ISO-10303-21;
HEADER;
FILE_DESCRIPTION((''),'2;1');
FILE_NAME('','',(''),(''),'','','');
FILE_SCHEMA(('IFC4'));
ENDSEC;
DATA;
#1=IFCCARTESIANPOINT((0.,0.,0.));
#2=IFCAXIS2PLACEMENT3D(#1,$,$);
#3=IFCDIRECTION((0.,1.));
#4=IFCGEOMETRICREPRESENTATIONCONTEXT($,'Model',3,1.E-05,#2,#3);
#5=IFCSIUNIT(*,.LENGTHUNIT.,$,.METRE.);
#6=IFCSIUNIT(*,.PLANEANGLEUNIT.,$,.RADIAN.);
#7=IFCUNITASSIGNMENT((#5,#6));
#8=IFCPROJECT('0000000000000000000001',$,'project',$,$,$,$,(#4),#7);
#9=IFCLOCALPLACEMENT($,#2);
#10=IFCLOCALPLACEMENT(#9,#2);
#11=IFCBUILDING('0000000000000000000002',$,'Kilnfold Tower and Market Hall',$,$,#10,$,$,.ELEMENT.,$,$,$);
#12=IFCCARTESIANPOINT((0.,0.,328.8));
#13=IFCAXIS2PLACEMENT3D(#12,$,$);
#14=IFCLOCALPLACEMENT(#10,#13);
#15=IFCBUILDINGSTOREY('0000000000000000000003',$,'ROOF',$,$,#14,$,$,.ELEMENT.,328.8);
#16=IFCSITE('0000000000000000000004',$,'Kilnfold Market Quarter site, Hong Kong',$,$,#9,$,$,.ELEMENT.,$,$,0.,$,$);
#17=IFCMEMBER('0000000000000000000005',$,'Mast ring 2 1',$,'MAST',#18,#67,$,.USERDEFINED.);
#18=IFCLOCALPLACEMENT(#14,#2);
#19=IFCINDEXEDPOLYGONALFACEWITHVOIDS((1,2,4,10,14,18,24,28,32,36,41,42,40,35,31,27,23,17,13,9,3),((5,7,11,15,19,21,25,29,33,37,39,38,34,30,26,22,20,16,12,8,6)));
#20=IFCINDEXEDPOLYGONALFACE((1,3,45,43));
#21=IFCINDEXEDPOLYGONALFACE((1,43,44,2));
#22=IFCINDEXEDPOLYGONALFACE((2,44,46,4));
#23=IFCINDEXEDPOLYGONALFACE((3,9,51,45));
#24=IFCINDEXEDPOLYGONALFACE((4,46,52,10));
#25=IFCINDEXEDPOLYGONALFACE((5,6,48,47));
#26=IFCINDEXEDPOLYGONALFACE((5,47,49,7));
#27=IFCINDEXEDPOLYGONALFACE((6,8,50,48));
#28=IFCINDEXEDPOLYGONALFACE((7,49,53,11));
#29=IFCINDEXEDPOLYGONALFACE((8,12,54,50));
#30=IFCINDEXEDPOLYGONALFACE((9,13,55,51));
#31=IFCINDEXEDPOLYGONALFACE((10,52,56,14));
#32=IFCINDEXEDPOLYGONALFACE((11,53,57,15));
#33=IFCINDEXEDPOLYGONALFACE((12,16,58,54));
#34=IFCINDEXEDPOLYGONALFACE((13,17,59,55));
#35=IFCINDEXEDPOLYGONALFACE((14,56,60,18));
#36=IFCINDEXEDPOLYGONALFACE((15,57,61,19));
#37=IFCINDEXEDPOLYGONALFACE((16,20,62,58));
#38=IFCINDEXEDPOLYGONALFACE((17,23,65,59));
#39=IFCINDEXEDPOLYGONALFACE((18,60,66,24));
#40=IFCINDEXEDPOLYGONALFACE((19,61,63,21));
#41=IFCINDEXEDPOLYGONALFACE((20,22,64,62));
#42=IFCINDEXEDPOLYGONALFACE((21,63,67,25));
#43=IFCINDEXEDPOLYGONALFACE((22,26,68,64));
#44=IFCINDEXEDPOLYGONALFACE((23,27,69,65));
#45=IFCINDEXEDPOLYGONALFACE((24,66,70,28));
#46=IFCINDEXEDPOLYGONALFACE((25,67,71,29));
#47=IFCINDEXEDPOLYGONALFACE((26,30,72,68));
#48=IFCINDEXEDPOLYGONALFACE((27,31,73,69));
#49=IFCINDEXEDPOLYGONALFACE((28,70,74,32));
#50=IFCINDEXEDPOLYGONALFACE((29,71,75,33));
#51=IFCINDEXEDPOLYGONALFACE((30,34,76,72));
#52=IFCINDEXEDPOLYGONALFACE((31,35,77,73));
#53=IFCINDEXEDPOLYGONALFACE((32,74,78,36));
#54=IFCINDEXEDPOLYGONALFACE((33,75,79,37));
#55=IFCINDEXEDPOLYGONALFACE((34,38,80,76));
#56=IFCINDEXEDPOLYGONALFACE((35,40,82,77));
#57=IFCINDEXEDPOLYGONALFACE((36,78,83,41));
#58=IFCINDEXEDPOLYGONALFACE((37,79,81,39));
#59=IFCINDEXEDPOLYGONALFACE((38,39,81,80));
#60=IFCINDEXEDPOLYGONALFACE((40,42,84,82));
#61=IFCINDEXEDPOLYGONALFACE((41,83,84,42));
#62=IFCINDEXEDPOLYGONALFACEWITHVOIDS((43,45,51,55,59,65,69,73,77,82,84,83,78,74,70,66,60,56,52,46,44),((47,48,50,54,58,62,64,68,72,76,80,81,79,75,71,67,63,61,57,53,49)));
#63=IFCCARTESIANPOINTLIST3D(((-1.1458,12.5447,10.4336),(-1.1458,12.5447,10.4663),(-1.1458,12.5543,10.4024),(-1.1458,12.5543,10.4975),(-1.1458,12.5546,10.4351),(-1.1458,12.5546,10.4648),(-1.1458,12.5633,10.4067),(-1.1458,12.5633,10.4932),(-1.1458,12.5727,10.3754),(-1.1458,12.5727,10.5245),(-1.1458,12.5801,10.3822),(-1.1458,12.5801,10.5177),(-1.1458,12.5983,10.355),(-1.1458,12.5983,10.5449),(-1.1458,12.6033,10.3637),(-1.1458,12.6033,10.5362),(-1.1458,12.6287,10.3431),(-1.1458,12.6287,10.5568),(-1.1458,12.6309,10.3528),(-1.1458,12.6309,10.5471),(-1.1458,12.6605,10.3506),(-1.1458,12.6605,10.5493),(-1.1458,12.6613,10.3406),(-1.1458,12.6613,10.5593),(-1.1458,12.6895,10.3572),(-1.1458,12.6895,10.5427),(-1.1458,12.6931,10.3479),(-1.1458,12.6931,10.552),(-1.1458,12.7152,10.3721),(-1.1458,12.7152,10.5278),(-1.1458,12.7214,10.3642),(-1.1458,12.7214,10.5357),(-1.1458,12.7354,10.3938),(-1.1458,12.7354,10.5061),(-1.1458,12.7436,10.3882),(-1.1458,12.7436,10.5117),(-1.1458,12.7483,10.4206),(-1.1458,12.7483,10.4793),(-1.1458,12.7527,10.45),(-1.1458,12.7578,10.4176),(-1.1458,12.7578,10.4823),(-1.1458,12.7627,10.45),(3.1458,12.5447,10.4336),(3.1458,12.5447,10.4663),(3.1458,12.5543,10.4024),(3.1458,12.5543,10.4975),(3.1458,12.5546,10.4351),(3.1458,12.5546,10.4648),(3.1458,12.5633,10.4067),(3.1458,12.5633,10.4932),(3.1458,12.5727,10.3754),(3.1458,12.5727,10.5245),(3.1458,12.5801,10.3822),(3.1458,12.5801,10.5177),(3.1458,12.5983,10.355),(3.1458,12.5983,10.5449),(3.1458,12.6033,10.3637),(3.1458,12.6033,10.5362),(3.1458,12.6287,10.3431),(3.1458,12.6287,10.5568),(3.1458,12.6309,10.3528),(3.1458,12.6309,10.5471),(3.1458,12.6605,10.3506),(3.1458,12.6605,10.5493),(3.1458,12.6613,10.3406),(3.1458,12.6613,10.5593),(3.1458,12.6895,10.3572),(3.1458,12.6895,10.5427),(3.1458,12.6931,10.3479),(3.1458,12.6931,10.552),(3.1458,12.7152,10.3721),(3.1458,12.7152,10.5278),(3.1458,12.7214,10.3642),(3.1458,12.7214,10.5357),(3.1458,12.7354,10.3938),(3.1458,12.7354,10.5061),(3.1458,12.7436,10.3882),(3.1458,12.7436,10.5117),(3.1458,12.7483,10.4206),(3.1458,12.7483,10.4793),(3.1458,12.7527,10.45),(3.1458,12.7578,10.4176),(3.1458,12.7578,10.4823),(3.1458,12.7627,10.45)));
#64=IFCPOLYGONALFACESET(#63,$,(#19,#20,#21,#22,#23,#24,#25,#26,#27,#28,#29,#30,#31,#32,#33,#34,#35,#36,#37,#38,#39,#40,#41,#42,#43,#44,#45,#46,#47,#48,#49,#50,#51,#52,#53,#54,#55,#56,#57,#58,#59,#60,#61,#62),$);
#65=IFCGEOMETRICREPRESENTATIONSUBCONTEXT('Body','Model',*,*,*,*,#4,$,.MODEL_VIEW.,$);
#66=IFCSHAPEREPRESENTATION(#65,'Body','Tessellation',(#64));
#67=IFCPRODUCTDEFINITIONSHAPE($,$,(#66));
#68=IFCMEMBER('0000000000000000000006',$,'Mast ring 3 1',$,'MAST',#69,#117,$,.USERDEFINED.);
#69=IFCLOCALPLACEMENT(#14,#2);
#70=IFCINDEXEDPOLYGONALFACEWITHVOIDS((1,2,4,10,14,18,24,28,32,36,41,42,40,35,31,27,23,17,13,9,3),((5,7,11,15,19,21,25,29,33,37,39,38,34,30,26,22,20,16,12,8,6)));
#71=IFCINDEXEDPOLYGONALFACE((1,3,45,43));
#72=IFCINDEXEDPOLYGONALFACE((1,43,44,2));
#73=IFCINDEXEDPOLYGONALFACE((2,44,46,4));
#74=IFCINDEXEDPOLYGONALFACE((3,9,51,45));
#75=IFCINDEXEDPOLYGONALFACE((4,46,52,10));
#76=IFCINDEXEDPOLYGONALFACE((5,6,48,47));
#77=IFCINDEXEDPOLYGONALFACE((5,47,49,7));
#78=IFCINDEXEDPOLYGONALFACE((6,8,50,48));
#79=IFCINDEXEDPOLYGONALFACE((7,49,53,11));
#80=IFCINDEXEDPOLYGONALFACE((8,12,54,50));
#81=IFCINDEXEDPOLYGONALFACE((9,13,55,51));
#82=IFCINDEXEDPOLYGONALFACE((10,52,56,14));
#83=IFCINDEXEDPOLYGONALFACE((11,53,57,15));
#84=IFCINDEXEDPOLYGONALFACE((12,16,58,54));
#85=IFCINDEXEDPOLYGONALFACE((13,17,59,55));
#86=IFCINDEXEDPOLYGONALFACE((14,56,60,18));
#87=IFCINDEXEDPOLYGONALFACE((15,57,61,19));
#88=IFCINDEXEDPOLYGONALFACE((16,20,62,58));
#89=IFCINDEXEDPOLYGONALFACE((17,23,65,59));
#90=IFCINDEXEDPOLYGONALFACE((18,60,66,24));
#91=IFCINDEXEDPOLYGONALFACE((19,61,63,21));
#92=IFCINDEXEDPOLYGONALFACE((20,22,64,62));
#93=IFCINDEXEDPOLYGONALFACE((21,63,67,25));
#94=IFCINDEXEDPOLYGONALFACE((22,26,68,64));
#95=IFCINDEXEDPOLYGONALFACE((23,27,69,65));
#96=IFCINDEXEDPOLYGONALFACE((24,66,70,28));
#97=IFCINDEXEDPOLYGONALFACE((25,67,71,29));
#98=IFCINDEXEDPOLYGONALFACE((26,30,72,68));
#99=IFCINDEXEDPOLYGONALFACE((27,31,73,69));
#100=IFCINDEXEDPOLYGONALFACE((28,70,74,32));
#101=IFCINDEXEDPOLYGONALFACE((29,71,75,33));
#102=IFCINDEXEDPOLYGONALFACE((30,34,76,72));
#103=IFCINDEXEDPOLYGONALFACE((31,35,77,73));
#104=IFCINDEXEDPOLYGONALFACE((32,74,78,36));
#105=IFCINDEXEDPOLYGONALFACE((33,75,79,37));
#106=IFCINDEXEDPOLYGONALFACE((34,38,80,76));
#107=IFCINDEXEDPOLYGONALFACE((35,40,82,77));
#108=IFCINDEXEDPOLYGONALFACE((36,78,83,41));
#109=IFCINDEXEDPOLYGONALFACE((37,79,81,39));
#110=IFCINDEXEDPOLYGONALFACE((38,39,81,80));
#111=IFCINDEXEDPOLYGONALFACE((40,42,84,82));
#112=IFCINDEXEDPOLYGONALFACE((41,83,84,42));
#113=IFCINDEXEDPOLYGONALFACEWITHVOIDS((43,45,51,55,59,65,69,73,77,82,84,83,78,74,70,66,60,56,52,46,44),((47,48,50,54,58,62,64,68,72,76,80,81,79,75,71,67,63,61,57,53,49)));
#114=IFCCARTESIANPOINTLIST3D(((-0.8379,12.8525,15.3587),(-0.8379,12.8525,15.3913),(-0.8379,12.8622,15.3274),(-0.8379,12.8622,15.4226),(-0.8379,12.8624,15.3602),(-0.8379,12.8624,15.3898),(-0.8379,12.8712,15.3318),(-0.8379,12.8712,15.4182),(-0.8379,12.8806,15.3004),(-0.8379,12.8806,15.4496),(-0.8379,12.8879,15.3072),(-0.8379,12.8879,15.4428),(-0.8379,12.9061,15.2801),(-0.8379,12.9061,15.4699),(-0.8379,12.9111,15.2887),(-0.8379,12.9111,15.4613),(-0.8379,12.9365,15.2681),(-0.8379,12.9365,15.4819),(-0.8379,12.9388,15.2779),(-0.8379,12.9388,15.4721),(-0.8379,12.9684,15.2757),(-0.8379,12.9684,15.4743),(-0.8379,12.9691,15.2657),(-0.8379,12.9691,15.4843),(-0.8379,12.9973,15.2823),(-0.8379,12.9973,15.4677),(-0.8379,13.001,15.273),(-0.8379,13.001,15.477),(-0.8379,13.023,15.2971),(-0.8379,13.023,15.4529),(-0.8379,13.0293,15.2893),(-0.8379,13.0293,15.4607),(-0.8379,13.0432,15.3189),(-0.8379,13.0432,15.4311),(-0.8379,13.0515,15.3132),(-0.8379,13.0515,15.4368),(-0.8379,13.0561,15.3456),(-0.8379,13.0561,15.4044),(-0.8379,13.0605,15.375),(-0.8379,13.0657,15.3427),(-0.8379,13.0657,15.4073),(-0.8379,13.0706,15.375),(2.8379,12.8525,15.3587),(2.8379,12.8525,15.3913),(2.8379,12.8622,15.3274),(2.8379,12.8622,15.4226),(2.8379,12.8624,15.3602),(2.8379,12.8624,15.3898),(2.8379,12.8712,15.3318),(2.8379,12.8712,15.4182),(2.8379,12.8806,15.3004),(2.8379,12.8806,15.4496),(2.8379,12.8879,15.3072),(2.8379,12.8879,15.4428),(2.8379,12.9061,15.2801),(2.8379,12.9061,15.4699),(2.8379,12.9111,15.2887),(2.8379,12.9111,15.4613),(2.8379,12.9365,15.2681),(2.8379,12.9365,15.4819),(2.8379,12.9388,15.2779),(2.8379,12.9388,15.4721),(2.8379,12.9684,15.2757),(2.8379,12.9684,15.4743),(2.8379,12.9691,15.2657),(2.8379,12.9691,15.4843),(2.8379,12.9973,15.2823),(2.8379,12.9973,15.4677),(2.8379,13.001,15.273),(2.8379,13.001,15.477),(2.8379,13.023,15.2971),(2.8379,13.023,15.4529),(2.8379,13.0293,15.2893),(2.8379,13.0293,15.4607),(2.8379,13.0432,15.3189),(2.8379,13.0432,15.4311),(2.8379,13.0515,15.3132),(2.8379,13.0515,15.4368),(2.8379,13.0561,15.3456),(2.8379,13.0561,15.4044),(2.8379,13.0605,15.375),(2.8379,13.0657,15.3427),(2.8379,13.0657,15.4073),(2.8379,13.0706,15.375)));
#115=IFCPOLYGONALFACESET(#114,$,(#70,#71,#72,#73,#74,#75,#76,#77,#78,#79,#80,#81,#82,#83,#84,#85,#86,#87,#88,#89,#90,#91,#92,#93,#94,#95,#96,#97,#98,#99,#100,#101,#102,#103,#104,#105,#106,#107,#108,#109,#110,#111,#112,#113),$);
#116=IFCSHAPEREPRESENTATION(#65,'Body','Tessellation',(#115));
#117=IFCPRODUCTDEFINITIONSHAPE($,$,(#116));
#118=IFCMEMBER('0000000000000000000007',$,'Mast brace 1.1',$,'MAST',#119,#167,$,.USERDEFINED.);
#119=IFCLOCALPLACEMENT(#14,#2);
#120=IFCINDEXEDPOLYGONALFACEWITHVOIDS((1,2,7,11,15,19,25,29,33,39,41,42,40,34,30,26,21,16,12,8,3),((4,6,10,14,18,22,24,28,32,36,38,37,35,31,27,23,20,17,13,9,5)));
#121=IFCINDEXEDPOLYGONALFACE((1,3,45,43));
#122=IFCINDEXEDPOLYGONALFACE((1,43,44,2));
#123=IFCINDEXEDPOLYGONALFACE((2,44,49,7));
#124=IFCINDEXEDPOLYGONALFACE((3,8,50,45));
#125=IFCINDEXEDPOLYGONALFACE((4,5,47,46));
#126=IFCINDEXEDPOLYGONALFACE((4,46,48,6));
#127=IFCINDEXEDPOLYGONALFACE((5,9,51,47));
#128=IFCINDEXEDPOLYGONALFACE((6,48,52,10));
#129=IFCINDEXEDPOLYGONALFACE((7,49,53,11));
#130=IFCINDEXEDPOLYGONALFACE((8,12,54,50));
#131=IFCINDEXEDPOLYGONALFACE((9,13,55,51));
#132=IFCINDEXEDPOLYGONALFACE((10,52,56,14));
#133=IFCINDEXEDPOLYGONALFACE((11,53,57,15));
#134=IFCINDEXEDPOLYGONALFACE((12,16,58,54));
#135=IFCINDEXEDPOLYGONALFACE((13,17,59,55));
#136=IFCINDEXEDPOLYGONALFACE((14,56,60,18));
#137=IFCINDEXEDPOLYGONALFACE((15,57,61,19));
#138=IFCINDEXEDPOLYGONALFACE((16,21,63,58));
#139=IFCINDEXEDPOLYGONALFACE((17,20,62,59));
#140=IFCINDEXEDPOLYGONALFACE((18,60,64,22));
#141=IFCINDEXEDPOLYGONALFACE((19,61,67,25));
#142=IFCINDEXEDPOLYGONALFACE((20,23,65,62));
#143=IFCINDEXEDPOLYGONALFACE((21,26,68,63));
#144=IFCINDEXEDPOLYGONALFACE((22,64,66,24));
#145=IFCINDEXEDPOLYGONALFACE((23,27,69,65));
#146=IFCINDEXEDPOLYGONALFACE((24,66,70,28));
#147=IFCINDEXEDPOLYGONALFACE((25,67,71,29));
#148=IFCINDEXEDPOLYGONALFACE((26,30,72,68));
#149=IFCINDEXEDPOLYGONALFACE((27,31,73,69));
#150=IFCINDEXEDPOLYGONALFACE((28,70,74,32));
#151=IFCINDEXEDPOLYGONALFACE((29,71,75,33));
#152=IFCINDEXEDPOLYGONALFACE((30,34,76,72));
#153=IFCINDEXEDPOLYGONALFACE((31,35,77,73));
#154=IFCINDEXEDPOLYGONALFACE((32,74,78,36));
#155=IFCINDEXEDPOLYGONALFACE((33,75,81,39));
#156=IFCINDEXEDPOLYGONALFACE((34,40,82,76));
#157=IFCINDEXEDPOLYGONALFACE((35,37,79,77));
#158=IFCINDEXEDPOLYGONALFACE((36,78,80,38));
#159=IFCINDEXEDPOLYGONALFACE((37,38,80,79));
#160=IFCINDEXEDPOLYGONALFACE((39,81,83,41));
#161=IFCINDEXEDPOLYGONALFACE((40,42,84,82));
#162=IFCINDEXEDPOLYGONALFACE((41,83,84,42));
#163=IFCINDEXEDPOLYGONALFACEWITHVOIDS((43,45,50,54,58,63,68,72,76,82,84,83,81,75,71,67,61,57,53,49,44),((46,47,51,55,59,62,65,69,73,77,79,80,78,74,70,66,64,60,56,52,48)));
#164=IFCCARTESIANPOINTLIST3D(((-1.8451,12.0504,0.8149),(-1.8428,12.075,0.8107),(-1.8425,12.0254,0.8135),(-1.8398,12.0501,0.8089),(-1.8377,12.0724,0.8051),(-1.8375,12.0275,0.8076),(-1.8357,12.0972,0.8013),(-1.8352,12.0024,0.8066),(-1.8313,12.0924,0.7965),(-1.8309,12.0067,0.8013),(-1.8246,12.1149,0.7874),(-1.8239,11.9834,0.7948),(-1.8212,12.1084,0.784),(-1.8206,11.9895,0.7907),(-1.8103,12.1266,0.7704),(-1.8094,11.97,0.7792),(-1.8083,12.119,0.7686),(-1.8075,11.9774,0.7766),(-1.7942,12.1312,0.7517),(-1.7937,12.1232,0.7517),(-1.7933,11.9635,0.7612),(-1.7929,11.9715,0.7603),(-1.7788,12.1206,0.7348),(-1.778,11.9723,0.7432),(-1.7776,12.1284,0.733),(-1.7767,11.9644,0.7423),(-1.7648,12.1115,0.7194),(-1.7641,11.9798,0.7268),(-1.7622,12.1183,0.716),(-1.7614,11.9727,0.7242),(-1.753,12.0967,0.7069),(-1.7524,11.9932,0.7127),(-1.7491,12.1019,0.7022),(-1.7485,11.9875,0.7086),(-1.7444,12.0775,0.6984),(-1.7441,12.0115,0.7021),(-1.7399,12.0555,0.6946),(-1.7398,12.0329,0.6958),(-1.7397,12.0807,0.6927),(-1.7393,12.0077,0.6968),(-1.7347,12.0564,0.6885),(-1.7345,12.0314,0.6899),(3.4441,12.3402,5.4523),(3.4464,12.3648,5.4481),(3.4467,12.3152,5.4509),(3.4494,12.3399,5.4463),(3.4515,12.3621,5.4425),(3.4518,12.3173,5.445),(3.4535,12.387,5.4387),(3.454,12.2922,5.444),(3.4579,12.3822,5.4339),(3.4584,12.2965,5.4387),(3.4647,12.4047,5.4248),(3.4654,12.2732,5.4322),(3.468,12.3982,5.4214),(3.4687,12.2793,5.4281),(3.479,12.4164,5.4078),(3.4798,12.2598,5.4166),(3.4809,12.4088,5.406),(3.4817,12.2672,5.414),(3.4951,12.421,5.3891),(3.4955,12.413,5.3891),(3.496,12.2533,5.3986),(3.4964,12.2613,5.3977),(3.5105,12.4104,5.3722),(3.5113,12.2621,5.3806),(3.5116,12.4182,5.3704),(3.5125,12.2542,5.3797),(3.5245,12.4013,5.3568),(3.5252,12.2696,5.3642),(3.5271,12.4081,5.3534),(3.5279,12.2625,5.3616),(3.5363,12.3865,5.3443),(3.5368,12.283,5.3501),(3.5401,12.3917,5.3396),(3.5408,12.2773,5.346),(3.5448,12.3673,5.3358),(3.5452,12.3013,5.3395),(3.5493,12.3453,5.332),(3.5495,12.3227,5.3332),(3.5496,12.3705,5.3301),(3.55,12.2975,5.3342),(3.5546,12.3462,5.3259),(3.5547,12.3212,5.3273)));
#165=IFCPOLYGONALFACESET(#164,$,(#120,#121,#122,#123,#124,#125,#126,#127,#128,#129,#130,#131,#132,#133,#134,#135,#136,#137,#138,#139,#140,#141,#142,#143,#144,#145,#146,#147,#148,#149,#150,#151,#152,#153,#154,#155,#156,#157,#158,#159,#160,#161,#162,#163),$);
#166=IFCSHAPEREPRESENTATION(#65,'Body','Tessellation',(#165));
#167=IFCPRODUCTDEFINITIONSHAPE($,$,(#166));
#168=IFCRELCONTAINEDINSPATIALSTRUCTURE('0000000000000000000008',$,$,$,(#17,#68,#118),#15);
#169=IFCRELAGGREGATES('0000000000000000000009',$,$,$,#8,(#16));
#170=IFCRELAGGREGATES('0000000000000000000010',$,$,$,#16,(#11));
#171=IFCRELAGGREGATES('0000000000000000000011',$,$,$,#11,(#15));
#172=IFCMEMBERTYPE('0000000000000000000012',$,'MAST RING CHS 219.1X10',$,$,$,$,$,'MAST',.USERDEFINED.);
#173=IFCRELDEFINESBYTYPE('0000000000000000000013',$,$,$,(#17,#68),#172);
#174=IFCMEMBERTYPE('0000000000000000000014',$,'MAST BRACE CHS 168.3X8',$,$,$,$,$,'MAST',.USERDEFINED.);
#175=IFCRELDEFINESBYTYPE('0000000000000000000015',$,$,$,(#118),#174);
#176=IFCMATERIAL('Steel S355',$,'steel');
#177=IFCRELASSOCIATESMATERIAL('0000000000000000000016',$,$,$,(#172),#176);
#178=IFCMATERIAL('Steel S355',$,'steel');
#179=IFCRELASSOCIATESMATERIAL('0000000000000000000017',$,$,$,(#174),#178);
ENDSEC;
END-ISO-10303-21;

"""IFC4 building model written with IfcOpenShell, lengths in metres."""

from ifc_helpers import new_model, si_unit, direction, frame, origin, origin_2d, place, context, subcontext, project, spatial, hollow_circle, extrude, source, transform, mapped, material, material_profile, profile_set, type_object, element, save


model = new_model("IFC4")

# Units and contexts
model_context = context("Model", 3, precision=1e-05, world=origin(), true_north=direction((0.0, 1.0)))
body_context = subcontext(model_context, "Body", "Model", "MODEL_VIEW")
ifc_project = project(units=[si_unit("LENGTHUNIT", "METRE"), si_unit("PLANEANGLEUNIT", "RADIAN")], contexts=[model_context])

# Site, building, storey
site_placement = place(None, origin())
site = spatial("IfcSite", under=ifc_project, at=site_placement, Name="Kilnfold Market Quarter site, Hong Kong", CompositionType="ELEMENT", RefElevation=0.0)
building_placement = place(site_placement, origin())
building = spatial("IfcBuilding", under=site, at=building_placement, Name="Kilnfold Tower and Market Hall", CompositionType="ELEMENT")
storey_placement = place(building_placement, frame((0.0, 0.0, 328.8)))
storey = spatial("IfcBuildingStorey", under=building, at=storey_placement, Name="ROOF", CompositionType="ELEMENT", Elevation=328.8)

# Members
ifc_material_1 = material(Name="Steel S355", Category="steel")
ifc_material_profile_1 = material_profile(ifc_material_1, hollow_circle(Radius=0.1096, WallThickness=0.01, at=origin_2d()), Name="CHS 219.1x10")
ifc_profile_set_1 = profile_set([ifc_material_profile_1], Name="Steel S355")
member_type_1 = type_object("IfcMemberType", Name="MAST RING CHS 219.1X10", ElementType="MAST", PredefinedType="USERDEFINED", material=ifc_profile_set_1)
shared_shape_1 = source(origin(), body_context, "Body", "SweptSolid", [
    extrude(hollow_circle(Radius=0.1096, WallThickness=0.01, at=origin_2d()), origin(), (0.0, 0.0, 1.0), 4.2915),
])
member_1_placement = place(storey_placement, frame((-1.1458, 12.6531, 10.45), z_axis=(1.0, 0.0, 0.0), x_axis=(0.0, 1.0, 0.0)))
element("IfcMember", 1, at=member_1_placement, inside=storey, type_object=member_type_1, Name="Mast ring 2 1", ObjectType="MAST", PredefinedType="USERDEFINED", context=body_context, shape_type="MappedRepresentation", body=[
    mapped(shared_shape_1, transform((0.0, 0.0, 0.0))),
])
shared_shape_2 = source(origin(), body_context, "Body", "SweptSolid", [
    extrude(hollow_circle(Radius=0.1096, WallThickness=0.01, at=origin_2d()), origin(), (0.0, 0.0, 1.0), 3.6758),
])
member_2_placement = place(storey_placement, frame((-0.8379, 12.9609, 15.375), z_axis=(1.0, 0.0, 0.0), x_axis=(0.0, 1.0, 0.0)))
element("IfcMember", 2, at=member_2_placement, inside=storey, type_object=member_type_1, Name="Mast ring 3 1", ObjectType="MAST", PredefinedType="USERDEFINED", context=body_context, shape_type="MappedRepresentation", body=[
    mapped(shared_shape_2, transform((0.0, 0.0, 0.0))),
])
ifc_material_2 = material(Name="Steel S355", Category="steel")
ifc_material_profile_2 = material_profile(ifc_material_2, hollow_circle(Radius=0.0842, WallThickness=0.0081, at=origin_2d()), Name="CHS 168.3x8")
ifc_profile_set_2 = profile_set([ifc_material_profile_2], Name="Steel S355")
member_type_2 = type_object("IfcMemberType", Name="MAST BRACE CHS 168.3X8", ElementType="MAST", PredefinedType="USERDEFINED", material=ifc_profile_set_2)
shared_shape_3 = source(origin(), body_context, "Body", "SweptSolid", [
    extrude(hollow_circle(Radius=0.0842, WallThickness=0.0081, at=origin_2d()), origin(), (0.0, 0.0, 1.0), 7.0403),
])
member_3_placement = place(storey_placement, frame((-1.7896, 12.0471, 0.7517), z_axis=(0.751283, 0.041162, 0.658695), x_axis=(-0.054707, 0.998502, 0.0)))
element("IfcMember", 3, at=member_3_placement, inside=storey, type_object=member_type_2, Name="Mast brace 1.1", ObjectType="MAST", PredefinedType="USERDEFINED", context=body_context, shape_type="MappedRepresentation", body=[
    mapped(shared_shape_3, transform((0.0, 0.0, 0.0))),
])

save(model, "model.ifc")
